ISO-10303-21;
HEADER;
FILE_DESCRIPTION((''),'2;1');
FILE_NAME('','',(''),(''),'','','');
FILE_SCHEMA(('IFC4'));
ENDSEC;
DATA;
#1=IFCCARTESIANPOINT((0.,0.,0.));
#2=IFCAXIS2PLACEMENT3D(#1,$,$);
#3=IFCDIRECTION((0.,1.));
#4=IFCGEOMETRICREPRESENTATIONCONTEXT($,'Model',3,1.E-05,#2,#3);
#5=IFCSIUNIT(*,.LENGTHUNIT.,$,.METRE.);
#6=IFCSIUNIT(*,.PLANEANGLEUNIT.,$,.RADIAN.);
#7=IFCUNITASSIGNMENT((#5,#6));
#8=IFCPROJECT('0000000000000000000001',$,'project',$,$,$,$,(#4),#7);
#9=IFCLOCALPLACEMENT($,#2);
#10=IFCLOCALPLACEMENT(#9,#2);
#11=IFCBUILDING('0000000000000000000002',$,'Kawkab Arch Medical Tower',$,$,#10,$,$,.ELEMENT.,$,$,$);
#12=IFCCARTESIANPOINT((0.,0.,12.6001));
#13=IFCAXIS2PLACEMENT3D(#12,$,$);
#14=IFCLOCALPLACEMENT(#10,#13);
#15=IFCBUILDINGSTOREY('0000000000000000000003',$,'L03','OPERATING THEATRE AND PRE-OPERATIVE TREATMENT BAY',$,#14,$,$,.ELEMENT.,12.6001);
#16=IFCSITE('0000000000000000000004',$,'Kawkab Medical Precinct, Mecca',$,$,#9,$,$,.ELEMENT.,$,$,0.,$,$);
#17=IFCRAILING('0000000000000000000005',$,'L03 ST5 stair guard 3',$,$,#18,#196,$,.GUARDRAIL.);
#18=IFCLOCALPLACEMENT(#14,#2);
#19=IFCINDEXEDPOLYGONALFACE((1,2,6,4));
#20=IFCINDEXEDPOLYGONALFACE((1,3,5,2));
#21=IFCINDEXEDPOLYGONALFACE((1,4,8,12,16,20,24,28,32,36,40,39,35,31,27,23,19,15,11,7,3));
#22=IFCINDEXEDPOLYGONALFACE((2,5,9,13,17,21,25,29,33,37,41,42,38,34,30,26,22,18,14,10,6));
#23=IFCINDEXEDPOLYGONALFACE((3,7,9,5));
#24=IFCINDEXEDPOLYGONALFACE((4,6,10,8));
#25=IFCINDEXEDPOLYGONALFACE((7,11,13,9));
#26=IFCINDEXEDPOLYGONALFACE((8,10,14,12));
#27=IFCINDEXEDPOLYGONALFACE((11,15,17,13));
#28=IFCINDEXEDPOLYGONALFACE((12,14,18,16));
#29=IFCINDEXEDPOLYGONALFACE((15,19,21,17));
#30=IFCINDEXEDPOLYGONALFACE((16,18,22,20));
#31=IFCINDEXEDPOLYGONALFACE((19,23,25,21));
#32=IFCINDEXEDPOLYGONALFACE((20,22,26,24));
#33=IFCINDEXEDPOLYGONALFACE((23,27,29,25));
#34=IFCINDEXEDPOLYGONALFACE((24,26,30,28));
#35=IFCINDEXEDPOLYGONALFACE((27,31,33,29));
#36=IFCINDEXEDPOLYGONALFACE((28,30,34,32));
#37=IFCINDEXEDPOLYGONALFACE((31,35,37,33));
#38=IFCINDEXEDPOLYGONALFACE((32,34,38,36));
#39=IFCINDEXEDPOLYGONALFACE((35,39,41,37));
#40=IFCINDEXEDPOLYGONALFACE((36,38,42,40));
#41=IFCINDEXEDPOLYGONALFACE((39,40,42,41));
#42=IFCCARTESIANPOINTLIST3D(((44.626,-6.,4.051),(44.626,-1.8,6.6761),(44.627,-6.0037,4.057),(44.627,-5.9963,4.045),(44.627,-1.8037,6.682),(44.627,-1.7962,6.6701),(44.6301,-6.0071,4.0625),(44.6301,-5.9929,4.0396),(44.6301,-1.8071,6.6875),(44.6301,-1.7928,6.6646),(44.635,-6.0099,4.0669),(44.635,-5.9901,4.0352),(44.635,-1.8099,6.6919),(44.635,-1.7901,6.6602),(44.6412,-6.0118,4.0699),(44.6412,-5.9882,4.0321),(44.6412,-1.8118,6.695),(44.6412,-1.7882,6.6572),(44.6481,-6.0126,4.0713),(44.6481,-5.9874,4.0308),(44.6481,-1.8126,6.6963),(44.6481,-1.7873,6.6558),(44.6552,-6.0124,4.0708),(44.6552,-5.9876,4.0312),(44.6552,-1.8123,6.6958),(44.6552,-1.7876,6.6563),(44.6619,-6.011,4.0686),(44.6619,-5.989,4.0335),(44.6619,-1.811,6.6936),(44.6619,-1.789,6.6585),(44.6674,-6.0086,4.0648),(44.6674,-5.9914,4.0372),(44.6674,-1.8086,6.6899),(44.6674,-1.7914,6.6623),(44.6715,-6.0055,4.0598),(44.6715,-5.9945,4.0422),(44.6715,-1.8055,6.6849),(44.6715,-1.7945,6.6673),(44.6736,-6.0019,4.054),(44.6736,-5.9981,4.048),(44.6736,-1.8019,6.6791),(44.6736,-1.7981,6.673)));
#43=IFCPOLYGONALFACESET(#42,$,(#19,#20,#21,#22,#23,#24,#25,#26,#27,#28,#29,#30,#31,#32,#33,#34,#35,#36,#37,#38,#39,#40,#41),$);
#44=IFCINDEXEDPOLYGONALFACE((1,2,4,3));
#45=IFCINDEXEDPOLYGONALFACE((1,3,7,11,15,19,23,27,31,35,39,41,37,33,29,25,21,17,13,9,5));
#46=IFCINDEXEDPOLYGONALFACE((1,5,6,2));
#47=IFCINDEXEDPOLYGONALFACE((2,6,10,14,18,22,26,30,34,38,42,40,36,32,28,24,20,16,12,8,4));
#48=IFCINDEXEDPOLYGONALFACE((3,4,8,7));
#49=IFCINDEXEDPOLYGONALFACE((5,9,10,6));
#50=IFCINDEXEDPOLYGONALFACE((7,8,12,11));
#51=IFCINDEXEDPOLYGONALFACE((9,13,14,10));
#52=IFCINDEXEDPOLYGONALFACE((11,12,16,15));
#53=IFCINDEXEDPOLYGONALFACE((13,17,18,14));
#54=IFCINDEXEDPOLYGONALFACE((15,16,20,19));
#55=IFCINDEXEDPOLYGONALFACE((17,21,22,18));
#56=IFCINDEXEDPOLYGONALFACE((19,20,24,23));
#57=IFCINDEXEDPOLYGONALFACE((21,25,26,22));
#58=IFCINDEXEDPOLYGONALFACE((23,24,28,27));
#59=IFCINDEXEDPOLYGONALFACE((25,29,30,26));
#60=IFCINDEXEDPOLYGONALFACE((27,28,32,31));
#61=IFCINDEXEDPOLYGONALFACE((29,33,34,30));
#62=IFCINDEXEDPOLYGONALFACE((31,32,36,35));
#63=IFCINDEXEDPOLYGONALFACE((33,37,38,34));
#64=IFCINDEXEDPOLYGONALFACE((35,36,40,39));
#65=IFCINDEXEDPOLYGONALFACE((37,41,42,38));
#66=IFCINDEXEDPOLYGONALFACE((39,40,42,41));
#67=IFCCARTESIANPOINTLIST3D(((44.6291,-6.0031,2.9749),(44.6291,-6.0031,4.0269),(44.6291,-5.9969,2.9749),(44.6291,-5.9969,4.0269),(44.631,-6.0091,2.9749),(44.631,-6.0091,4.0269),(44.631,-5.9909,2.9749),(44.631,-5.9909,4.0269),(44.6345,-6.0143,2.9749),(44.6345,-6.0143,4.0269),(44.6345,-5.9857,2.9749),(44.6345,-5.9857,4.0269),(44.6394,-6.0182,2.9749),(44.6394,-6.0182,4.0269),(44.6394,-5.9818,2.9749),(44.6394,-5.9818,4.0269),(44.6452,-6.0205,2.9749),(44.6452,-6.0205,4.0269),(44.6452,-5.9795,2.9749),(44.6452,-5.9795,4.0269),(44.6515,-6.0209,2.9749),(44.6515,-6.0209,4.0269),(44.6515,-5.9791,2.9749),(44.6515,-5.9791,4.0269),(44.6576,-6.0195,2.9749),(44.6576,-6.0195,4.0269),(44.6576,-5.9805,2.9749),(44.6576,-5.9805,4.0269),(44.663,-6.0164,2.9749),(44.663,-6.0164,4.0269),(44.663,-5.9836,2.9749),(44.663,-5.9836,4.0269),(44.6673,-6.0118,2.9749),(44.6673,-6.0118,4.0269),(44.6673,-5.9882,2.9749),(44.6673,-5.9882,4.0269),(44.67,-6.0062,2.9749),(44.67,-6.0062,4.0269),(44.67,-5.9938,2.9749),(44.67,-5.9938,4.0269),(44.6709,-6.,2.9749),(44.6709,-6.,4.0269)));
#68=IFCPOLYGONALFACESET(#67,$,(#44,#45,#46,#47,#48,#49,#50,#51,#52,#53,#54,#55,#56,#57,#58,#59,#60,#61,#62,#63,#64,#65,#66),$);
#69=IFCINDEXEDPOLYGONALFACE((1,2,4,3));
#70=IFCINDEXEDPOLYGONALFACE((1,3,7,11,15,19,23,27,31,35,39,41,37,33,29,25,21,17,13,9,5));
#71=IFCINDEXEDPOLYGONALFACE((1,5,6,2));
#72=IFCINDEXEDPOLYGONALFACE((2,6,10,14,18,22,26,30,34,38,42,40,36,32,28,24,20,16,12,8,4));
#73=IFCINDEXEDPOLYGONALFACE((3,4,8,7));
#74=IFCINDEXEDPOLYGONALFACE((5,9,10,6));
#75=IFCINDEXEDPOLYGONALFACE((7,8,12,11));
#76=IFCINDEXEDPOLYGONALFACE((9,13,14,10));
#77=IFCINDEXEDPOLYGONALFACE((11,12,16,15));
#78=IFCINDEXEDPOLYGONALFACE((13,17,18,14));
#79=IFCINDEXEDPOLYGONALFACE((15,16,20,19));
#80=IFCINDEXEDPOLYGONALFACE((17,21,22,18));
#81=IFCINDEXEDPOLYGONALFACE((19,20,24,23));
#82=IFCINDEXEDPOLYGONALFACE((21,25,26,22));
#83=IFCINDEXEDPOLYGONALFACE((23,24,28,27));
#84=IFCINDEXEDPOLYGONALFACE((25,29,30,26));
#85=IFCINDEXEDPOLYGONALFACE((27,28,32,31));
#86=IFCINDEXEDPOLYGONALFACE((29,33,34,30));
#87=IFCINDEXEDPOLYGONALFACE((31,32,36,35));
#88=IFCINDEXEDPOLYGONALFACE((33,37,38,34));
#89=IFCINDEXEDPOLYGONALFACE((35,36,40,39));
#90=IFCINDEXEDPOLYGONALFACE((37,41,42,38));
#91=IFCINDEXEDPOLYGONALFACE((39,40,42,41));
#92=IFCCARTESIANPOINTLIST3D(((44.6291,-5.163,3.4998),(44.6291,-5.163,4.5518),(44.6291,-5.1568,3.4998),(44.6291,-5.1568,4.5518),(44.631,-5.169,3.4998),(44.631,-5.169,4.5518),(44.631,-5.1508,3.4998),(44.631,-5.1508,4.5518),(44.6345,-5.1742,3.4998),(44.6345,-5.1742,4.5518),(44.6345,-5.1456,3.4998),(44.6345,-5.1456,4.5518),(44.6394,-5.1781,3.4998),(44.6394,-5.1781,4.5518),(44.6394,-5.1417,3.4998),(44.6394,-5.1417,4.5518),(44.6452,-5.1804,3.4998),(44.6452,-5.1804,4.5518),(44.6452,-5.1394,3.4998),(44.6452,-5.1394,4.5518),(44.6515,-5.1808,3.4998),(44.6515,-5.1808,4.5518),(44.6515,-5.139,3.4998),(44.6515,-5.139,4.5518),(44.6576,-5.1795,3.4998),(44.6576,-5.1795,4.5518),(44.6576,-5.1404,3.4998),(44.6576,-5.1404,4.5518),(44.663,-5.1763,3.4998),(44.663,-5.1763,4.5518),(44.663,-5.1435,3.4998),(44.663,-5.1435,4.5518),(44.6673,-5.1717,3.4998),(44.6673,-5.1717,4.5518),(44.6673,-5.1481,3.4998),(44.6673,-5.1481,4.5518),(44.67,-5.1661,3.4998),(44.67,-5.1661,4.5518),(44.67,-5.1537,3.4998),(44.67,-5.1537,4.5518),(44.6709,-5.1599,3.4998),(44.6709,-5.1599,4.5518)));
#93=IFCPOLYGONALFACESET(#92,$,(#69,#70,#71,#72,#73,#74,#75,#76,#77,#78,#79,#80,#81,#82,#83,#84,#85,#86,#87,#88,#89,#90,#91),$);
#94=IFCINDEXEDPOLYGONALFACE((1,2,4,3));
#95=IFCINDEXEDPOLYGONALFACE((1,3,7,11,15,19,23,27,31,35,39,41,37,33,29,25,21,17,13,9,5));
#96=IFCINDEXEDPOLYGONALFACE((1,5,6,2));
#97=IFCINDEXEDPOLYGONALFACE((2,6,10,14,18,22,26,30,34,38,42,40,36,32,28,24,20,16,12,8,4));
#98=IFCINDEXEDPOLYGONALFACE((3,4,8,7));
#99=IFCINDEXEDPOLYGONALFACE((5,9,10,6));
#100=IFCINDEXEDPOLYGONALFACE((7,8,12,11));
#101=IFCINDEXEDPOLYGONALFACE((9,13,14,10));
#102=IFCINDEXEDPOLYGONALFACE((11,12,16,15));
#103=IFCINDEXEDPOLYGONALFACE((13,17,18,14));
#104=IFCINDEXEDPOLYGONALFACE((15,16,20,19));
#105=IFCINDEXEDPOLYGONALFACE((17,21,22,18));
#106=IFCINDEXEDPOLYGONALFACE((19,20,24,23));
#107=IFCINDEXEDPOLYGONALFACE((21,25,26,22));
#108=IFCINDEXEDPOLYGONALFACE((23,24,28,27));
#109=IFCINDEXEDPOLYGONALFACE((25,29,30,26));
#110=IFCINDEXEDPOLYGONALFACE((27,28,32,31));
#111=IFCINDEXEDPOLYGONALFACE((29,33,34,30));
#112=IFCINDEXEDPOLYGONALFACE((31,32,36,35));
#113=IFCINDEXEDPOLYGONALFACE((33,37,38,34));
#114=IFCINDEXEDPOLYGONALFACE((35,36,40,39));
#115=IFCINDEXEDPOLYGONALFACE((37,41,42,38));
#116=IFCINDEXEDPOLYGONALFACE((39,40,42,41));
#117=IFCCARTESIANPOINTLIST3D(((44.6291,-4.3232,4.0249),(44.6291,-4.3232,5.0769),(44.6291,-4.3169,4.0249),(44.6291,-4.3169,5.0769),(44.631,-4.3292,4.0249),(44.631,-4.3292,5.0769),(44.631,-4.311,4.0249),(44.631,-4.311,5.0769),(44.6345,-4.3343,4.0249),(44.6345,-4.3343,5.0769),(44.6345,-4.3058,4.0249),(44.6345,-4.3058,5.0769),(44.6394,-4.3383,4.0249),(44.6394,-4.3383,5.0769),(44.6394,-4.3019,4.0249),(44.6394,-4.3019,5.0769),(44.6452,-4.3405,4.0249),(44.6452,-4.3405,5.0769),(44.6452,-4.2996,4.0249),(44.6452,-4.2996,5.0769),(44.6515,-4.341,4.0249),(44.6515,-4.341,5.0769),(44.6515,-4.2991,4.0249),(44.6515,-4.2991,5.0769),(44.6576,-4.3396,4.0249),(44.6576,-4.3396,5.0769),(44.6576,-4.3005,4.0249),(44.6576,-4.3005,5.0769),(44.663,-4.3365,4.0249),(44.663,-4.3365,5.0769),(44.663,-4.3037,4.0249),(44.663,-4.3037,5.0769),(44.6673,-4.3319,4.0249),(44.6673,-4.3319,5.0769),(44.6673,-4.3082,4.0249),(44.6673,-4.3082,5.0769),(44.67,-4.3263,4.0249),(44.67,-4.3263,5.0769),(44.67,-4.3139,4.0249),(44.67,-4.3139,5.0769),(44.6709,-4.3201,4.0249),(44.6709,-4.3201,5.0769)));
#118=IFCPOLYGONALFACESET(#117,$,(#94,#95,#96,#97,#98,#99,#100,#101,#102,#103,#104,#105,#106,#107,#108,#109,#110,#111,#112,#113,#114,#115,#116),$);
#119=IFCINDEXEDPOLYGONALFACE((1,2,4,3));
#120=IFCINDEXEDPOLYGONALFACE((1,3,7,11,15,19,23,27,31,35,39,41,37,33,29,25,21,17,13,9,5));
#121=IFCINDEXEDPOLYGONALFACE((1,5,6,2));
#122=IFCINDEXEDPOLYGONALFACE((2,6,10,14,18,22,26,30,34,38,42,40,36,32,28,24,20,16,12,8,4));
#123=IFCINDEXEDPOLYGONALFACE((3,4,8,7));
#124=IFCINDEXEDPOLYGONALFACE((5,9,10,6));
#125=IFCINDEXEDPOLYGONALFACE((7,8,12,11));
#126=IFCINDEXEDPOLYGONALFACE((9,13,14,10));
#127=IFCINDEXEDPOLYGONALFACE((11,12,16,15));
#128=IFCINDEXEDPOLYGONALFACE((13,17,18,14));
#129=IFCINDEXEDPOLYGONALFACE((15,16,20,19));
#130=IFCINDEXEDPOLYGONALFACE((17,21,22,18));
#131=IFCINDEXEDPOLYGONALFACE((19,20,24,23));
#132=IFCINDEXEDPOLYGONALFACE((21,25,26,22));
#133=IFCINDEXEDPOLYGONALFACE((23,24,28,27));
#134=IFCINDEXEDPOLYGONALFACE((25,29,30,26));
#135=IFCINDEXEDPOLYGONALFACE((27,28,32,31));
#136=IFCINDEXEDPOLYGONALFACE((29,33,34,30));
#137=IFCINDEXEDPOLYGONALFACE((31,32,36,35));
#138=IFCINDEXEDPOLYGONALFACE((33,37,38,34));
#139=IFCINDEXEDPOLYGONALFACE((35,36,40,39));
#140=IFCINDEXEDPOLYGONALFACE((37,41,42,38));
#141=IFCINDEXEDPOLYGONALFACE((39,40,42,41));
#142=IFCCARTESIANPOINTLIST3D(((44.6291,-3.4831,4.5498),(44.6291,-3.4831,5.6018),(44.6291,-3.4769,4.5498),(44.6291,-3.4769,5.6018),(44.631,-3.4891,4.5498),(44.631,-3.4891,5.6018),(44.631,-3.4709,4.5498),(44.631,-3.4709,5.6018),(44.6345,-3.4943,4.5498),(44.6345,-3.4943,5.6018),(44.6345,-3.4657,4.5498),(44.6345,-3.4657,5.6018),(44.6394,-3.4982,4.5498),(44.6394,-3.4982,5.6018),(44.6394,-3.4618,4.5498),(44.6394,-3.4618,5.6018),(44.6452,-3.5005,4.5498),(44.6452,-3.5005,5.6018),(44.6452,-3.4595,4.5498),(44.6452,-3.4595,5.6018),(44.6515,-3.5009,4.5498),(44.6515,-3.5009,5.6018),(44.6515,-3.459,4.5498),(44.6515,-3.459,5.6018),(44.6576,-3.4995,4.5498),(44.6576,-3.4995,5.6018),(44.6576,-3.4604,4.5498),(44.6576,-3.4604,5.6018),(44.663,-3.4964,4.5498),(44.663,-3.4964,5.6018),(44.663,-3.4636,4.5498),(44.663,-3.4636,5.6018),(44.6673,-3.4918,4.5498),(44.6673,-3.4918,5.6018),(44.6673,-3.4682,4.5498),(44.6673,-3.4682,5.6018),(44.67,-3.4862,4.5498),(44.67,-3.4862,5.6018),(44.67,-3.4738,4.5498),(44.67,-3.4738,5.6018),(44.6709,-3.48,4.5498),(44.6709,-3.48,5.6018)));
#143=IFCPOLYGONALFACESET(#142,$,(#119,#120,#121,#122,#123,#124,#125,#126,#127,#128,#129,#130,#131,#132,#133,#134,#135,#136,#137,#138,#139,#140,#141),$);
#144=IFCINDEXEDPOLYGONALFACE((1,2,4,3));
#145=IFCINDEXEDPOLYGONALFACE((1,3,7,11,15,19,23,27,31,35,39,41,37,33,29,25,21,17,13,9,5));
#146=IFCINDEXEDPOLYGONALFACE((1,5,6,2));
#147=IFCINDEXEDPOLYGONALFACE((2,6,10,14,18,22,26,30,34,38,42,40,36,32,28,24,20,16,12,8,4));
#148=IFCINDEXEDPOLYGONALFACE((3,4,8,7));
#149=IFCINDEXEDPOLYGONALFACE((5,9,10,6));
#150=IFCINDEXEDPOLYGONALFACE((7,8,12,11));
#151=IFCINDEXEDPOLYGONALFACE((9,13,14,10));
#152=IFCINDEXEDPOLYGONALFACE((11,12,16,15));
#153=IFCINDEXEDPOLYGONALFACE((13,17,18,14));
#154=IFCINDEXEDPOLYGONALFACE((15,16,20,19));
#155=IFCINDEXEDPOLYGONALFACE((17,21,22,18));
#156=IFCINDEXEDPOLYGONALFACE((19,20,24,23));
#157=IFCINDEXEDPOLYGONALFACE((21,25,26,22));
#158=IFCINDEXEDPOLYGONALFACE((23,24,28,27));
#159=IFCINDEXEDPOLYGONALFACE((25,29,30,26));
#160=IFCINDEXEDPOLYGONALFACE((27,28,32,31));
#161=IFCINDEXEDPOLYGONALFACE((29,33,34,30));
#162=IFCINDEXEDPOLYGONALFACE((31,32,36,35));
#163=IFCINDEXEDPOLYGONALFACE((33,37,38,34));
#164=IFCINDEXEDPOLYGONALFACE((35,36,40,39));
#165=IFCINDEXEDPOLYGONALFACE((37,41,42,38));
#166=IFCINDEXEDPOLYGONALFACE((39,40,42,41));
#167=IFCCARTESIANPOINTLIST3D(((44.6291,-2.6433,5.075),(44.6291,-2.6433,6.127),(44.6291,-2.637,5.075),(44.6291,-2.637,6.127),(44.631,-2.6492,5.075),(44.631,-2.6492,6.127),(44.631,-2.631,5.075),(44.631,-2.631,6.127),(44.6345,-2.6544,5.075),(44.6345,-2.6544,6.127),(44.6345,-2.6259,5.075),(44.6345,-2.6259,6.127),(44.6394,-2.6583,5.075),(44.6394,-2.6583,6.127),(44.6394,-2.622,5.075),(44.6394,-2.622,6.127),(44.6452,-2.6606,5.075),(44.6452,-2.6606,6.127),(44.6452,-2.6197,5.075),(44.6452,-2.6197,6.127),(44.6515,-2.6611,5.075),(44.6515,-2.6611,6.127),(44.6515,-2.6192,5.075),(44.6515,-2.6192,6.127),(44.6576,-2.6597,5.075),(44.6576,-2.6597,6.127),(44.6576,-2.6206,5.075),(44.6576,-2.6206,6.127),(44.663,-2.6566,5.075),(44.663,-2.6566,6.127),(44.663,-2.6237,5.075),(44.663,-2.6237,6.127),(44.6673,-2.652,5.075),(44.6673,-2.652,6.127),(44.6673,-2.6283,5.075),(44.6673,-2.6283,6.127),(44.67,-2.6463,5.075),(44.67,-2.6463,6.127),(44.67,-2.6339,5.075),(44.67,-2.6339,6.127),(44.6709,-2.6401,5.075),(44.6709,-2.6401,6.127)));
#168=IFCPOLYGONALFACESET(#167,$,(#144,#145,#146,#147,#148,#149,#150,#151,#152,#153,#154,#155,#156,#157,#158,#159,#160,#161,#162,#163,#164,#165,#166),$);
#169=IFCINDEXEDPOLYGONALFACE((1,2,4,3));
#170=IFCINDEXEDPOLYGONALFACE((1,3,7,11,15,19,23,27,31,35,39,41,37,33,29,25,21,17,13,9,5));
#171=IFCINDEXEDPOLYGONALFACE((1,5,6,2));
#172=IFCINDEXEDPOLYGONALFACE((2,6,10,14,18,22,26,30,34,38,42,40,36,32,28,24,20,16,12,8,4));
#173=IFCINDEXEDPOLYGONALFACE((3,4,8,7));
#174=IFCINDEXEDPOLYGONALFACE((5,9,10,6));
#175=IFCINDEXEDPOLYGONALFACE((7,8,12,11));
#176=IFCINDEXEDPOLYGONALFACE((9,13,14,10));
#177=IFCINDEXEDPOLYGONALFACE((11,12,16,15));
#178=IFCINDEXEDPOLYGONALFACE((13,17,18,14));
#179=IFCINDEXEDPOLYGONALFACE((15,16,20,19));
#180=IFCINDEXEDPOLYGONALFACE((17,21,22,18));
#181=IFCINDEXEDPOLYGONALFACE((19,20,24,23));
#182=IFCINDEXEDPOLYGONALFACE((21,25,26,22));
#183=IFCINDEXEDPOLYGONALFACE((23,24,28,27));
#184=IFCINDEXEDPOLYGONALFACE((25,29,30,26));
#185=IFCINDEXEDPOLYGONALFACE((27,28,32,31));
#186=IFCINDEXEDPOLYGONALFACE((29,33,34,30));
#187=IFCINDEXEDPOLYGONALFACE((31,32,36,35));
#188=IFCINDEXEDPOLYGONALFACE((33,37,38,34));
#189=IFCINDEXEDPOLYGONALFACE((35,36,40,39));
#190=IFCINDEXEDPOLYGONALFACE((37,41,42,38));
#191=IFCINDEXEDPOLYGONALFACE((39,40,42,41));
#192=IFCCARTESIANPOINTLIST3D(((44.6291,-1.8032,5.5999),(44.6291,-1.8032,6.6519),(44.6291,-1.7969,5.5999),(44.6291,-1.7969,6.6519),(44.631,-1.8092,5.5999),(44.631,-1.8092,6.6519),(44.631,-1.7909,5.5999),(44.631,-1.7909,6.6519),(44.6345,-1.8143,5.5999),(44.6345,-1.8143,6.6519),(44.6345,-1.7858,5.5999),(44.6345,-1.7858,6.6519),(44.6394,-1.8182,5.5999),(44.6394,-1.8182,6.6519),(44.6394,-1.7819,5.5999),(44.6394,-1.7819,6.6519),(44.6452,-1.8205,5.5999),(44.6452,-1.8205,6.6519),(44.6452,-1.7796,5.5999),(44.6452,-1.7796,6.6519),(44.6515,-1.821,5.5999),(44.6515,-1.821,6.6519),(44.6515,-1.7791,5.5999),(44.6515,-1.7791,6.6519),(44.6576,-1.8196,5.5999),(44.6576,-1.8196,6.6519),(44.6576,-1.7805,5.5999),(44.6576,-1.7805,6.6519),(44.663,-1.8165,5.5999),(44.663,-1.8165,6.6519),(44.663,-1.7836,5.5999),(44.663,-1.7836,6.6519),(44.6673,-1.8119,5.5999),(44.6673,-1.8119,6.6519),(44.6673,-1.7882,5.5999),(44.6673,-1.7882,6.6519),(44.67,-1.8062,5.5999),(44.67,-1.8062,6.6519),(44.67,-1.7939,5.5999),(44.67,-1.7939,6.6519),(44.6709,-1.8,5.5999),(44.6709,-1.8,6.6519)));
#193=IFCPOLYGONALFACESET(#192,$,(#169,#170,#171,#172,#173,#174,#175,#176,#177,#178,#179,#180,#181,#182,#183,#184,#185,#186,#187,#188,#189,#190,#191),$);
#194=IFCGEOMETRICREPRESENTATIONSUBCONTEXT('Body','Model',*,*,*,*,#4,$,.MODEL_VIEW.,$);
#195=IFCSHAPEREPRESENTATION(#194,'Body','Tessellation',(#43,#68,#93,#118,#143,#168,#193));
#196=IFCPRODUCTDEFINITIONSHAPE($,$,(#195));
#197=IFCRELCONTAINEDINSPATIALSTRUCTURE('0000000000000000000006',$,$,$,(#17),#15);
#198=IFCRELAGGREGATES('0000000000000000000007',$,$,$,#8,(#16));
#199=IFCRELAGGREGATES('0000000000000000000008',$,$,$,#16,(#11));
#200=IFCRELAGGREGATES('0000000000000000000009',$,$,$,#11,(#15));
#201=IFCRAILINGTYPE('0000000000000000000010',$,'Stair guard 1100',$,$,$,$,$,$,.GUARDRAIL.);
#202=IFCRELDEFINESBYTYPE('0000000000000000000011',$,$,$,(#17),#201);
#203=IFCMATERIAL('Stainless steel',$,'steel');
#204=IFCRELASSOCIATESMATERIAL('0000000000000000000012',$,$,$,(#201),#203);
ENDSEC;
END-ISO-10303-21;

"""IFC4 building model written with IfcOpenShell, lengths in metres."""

from ifc_helpers import new_model, si_unit, direction, frame, origin, origin_2d, place, context, subcontext, project, spatial, circle, extrude, material, type_object, element, save


model = new_model("IFC4")

# Units and contexts
model_context = context("Model", 3, precision=1e-05, world=origin(), true_north=direction((0.0, 1.0)))
body_context = subcontext(model_context, "Body", "Model", "MODEL_VIEW")
ifc_project = project(units=[si_unit("LENGTHUNIT", "METRE"), si_unit("PLANEANGLEUNIT", "RADIAN")], contexts=[model_context])

# Site, building, storey
site_placement = place(None, origin())
site = spatial("IfcSite", under=ifc_project, at=site_placement, Name="Kawkab Medical Precinct, Mecca", CompositionType="ELEMENT", RefElevation=0.0)
building_placement = place(site_placement, origin())
building = spatial("IfcBuilding", under=site, at=building_placement, Name="Kawkab Arch Medical Tower", CompositionType="ELEMENT")
storey_placement = place(building_placement, frame((0.0, 0.0, 12.6001)))
storey = spatial("IfcBuildingStorey", under=building, at=storey_placement, Name="L03", Description="OPERATING THEATRE AND PRE-OPERATIVE TREATMENT BAY", CompositionType="ELEMENT", Elevation=12.6001)

# Railing
ifc_material_1 = material(Name="Stainless steel", Category="steel")
railing_type = type_object("IfcRailingType", Name="Stair guard 1100", PredefinedType="GUARDRAIL", material=ifc_material_1)
railing_1_placement = place(storey_placement, frame((44.6499, -6.0, 2.9749)))
element("IfcRailing", 1, at=railing_1_placement, inside=storey, type_object=railing_type, Name="L03 ST5 stair guard 3", PredefinedType="GUARDRAIL", context=body_context, shape_type="SweptSolid", body=[
    extrude(circle(Radius=0.0239, at=origin_2d()), frame((0.0, 0.0, 1.0762), z_axis=(0.0, 0.847996, 0.530003), x_axis=(-1.0, 0.0, 0.0)), (0.0, 0.0, 1.0), 4.9529),
    extrude(circle(Radius=0.021, at=origin_2d()), origin(), (0.0, 0.0, 1.0), 1.052),
    extrude(circle(Radius=0.021, at=origin_2d()), frame((0.0, 0.8401, 0.5249)), (0.0, 0.0, 1.0), 1.052),
    extrude(circle(Radius=0.021, at=origin_2d()), frame((0.0, 1.6799, 1.05)), (0.0, 0.0, 1.0), 1.052),
    extrude(circle(Radius=0.021, at=origin_2d()), frame((0.0, 2.52, 1.575)), (0.0, 0.0, 1.0), 1.052),
    extrude(circle(Radius=0.021, at=origin_2d()), frame((0.0, 3.3599, 2.1001)), (0.0, 0.0, 1.0), 1.052),
    extrude(circle(Radius=0.021, at=origin_2d()), frame((0.0, 4.2, 2.625)), (0.0, 0.0, 1.0), 1.052),
])

save(model, "model.ifc")
